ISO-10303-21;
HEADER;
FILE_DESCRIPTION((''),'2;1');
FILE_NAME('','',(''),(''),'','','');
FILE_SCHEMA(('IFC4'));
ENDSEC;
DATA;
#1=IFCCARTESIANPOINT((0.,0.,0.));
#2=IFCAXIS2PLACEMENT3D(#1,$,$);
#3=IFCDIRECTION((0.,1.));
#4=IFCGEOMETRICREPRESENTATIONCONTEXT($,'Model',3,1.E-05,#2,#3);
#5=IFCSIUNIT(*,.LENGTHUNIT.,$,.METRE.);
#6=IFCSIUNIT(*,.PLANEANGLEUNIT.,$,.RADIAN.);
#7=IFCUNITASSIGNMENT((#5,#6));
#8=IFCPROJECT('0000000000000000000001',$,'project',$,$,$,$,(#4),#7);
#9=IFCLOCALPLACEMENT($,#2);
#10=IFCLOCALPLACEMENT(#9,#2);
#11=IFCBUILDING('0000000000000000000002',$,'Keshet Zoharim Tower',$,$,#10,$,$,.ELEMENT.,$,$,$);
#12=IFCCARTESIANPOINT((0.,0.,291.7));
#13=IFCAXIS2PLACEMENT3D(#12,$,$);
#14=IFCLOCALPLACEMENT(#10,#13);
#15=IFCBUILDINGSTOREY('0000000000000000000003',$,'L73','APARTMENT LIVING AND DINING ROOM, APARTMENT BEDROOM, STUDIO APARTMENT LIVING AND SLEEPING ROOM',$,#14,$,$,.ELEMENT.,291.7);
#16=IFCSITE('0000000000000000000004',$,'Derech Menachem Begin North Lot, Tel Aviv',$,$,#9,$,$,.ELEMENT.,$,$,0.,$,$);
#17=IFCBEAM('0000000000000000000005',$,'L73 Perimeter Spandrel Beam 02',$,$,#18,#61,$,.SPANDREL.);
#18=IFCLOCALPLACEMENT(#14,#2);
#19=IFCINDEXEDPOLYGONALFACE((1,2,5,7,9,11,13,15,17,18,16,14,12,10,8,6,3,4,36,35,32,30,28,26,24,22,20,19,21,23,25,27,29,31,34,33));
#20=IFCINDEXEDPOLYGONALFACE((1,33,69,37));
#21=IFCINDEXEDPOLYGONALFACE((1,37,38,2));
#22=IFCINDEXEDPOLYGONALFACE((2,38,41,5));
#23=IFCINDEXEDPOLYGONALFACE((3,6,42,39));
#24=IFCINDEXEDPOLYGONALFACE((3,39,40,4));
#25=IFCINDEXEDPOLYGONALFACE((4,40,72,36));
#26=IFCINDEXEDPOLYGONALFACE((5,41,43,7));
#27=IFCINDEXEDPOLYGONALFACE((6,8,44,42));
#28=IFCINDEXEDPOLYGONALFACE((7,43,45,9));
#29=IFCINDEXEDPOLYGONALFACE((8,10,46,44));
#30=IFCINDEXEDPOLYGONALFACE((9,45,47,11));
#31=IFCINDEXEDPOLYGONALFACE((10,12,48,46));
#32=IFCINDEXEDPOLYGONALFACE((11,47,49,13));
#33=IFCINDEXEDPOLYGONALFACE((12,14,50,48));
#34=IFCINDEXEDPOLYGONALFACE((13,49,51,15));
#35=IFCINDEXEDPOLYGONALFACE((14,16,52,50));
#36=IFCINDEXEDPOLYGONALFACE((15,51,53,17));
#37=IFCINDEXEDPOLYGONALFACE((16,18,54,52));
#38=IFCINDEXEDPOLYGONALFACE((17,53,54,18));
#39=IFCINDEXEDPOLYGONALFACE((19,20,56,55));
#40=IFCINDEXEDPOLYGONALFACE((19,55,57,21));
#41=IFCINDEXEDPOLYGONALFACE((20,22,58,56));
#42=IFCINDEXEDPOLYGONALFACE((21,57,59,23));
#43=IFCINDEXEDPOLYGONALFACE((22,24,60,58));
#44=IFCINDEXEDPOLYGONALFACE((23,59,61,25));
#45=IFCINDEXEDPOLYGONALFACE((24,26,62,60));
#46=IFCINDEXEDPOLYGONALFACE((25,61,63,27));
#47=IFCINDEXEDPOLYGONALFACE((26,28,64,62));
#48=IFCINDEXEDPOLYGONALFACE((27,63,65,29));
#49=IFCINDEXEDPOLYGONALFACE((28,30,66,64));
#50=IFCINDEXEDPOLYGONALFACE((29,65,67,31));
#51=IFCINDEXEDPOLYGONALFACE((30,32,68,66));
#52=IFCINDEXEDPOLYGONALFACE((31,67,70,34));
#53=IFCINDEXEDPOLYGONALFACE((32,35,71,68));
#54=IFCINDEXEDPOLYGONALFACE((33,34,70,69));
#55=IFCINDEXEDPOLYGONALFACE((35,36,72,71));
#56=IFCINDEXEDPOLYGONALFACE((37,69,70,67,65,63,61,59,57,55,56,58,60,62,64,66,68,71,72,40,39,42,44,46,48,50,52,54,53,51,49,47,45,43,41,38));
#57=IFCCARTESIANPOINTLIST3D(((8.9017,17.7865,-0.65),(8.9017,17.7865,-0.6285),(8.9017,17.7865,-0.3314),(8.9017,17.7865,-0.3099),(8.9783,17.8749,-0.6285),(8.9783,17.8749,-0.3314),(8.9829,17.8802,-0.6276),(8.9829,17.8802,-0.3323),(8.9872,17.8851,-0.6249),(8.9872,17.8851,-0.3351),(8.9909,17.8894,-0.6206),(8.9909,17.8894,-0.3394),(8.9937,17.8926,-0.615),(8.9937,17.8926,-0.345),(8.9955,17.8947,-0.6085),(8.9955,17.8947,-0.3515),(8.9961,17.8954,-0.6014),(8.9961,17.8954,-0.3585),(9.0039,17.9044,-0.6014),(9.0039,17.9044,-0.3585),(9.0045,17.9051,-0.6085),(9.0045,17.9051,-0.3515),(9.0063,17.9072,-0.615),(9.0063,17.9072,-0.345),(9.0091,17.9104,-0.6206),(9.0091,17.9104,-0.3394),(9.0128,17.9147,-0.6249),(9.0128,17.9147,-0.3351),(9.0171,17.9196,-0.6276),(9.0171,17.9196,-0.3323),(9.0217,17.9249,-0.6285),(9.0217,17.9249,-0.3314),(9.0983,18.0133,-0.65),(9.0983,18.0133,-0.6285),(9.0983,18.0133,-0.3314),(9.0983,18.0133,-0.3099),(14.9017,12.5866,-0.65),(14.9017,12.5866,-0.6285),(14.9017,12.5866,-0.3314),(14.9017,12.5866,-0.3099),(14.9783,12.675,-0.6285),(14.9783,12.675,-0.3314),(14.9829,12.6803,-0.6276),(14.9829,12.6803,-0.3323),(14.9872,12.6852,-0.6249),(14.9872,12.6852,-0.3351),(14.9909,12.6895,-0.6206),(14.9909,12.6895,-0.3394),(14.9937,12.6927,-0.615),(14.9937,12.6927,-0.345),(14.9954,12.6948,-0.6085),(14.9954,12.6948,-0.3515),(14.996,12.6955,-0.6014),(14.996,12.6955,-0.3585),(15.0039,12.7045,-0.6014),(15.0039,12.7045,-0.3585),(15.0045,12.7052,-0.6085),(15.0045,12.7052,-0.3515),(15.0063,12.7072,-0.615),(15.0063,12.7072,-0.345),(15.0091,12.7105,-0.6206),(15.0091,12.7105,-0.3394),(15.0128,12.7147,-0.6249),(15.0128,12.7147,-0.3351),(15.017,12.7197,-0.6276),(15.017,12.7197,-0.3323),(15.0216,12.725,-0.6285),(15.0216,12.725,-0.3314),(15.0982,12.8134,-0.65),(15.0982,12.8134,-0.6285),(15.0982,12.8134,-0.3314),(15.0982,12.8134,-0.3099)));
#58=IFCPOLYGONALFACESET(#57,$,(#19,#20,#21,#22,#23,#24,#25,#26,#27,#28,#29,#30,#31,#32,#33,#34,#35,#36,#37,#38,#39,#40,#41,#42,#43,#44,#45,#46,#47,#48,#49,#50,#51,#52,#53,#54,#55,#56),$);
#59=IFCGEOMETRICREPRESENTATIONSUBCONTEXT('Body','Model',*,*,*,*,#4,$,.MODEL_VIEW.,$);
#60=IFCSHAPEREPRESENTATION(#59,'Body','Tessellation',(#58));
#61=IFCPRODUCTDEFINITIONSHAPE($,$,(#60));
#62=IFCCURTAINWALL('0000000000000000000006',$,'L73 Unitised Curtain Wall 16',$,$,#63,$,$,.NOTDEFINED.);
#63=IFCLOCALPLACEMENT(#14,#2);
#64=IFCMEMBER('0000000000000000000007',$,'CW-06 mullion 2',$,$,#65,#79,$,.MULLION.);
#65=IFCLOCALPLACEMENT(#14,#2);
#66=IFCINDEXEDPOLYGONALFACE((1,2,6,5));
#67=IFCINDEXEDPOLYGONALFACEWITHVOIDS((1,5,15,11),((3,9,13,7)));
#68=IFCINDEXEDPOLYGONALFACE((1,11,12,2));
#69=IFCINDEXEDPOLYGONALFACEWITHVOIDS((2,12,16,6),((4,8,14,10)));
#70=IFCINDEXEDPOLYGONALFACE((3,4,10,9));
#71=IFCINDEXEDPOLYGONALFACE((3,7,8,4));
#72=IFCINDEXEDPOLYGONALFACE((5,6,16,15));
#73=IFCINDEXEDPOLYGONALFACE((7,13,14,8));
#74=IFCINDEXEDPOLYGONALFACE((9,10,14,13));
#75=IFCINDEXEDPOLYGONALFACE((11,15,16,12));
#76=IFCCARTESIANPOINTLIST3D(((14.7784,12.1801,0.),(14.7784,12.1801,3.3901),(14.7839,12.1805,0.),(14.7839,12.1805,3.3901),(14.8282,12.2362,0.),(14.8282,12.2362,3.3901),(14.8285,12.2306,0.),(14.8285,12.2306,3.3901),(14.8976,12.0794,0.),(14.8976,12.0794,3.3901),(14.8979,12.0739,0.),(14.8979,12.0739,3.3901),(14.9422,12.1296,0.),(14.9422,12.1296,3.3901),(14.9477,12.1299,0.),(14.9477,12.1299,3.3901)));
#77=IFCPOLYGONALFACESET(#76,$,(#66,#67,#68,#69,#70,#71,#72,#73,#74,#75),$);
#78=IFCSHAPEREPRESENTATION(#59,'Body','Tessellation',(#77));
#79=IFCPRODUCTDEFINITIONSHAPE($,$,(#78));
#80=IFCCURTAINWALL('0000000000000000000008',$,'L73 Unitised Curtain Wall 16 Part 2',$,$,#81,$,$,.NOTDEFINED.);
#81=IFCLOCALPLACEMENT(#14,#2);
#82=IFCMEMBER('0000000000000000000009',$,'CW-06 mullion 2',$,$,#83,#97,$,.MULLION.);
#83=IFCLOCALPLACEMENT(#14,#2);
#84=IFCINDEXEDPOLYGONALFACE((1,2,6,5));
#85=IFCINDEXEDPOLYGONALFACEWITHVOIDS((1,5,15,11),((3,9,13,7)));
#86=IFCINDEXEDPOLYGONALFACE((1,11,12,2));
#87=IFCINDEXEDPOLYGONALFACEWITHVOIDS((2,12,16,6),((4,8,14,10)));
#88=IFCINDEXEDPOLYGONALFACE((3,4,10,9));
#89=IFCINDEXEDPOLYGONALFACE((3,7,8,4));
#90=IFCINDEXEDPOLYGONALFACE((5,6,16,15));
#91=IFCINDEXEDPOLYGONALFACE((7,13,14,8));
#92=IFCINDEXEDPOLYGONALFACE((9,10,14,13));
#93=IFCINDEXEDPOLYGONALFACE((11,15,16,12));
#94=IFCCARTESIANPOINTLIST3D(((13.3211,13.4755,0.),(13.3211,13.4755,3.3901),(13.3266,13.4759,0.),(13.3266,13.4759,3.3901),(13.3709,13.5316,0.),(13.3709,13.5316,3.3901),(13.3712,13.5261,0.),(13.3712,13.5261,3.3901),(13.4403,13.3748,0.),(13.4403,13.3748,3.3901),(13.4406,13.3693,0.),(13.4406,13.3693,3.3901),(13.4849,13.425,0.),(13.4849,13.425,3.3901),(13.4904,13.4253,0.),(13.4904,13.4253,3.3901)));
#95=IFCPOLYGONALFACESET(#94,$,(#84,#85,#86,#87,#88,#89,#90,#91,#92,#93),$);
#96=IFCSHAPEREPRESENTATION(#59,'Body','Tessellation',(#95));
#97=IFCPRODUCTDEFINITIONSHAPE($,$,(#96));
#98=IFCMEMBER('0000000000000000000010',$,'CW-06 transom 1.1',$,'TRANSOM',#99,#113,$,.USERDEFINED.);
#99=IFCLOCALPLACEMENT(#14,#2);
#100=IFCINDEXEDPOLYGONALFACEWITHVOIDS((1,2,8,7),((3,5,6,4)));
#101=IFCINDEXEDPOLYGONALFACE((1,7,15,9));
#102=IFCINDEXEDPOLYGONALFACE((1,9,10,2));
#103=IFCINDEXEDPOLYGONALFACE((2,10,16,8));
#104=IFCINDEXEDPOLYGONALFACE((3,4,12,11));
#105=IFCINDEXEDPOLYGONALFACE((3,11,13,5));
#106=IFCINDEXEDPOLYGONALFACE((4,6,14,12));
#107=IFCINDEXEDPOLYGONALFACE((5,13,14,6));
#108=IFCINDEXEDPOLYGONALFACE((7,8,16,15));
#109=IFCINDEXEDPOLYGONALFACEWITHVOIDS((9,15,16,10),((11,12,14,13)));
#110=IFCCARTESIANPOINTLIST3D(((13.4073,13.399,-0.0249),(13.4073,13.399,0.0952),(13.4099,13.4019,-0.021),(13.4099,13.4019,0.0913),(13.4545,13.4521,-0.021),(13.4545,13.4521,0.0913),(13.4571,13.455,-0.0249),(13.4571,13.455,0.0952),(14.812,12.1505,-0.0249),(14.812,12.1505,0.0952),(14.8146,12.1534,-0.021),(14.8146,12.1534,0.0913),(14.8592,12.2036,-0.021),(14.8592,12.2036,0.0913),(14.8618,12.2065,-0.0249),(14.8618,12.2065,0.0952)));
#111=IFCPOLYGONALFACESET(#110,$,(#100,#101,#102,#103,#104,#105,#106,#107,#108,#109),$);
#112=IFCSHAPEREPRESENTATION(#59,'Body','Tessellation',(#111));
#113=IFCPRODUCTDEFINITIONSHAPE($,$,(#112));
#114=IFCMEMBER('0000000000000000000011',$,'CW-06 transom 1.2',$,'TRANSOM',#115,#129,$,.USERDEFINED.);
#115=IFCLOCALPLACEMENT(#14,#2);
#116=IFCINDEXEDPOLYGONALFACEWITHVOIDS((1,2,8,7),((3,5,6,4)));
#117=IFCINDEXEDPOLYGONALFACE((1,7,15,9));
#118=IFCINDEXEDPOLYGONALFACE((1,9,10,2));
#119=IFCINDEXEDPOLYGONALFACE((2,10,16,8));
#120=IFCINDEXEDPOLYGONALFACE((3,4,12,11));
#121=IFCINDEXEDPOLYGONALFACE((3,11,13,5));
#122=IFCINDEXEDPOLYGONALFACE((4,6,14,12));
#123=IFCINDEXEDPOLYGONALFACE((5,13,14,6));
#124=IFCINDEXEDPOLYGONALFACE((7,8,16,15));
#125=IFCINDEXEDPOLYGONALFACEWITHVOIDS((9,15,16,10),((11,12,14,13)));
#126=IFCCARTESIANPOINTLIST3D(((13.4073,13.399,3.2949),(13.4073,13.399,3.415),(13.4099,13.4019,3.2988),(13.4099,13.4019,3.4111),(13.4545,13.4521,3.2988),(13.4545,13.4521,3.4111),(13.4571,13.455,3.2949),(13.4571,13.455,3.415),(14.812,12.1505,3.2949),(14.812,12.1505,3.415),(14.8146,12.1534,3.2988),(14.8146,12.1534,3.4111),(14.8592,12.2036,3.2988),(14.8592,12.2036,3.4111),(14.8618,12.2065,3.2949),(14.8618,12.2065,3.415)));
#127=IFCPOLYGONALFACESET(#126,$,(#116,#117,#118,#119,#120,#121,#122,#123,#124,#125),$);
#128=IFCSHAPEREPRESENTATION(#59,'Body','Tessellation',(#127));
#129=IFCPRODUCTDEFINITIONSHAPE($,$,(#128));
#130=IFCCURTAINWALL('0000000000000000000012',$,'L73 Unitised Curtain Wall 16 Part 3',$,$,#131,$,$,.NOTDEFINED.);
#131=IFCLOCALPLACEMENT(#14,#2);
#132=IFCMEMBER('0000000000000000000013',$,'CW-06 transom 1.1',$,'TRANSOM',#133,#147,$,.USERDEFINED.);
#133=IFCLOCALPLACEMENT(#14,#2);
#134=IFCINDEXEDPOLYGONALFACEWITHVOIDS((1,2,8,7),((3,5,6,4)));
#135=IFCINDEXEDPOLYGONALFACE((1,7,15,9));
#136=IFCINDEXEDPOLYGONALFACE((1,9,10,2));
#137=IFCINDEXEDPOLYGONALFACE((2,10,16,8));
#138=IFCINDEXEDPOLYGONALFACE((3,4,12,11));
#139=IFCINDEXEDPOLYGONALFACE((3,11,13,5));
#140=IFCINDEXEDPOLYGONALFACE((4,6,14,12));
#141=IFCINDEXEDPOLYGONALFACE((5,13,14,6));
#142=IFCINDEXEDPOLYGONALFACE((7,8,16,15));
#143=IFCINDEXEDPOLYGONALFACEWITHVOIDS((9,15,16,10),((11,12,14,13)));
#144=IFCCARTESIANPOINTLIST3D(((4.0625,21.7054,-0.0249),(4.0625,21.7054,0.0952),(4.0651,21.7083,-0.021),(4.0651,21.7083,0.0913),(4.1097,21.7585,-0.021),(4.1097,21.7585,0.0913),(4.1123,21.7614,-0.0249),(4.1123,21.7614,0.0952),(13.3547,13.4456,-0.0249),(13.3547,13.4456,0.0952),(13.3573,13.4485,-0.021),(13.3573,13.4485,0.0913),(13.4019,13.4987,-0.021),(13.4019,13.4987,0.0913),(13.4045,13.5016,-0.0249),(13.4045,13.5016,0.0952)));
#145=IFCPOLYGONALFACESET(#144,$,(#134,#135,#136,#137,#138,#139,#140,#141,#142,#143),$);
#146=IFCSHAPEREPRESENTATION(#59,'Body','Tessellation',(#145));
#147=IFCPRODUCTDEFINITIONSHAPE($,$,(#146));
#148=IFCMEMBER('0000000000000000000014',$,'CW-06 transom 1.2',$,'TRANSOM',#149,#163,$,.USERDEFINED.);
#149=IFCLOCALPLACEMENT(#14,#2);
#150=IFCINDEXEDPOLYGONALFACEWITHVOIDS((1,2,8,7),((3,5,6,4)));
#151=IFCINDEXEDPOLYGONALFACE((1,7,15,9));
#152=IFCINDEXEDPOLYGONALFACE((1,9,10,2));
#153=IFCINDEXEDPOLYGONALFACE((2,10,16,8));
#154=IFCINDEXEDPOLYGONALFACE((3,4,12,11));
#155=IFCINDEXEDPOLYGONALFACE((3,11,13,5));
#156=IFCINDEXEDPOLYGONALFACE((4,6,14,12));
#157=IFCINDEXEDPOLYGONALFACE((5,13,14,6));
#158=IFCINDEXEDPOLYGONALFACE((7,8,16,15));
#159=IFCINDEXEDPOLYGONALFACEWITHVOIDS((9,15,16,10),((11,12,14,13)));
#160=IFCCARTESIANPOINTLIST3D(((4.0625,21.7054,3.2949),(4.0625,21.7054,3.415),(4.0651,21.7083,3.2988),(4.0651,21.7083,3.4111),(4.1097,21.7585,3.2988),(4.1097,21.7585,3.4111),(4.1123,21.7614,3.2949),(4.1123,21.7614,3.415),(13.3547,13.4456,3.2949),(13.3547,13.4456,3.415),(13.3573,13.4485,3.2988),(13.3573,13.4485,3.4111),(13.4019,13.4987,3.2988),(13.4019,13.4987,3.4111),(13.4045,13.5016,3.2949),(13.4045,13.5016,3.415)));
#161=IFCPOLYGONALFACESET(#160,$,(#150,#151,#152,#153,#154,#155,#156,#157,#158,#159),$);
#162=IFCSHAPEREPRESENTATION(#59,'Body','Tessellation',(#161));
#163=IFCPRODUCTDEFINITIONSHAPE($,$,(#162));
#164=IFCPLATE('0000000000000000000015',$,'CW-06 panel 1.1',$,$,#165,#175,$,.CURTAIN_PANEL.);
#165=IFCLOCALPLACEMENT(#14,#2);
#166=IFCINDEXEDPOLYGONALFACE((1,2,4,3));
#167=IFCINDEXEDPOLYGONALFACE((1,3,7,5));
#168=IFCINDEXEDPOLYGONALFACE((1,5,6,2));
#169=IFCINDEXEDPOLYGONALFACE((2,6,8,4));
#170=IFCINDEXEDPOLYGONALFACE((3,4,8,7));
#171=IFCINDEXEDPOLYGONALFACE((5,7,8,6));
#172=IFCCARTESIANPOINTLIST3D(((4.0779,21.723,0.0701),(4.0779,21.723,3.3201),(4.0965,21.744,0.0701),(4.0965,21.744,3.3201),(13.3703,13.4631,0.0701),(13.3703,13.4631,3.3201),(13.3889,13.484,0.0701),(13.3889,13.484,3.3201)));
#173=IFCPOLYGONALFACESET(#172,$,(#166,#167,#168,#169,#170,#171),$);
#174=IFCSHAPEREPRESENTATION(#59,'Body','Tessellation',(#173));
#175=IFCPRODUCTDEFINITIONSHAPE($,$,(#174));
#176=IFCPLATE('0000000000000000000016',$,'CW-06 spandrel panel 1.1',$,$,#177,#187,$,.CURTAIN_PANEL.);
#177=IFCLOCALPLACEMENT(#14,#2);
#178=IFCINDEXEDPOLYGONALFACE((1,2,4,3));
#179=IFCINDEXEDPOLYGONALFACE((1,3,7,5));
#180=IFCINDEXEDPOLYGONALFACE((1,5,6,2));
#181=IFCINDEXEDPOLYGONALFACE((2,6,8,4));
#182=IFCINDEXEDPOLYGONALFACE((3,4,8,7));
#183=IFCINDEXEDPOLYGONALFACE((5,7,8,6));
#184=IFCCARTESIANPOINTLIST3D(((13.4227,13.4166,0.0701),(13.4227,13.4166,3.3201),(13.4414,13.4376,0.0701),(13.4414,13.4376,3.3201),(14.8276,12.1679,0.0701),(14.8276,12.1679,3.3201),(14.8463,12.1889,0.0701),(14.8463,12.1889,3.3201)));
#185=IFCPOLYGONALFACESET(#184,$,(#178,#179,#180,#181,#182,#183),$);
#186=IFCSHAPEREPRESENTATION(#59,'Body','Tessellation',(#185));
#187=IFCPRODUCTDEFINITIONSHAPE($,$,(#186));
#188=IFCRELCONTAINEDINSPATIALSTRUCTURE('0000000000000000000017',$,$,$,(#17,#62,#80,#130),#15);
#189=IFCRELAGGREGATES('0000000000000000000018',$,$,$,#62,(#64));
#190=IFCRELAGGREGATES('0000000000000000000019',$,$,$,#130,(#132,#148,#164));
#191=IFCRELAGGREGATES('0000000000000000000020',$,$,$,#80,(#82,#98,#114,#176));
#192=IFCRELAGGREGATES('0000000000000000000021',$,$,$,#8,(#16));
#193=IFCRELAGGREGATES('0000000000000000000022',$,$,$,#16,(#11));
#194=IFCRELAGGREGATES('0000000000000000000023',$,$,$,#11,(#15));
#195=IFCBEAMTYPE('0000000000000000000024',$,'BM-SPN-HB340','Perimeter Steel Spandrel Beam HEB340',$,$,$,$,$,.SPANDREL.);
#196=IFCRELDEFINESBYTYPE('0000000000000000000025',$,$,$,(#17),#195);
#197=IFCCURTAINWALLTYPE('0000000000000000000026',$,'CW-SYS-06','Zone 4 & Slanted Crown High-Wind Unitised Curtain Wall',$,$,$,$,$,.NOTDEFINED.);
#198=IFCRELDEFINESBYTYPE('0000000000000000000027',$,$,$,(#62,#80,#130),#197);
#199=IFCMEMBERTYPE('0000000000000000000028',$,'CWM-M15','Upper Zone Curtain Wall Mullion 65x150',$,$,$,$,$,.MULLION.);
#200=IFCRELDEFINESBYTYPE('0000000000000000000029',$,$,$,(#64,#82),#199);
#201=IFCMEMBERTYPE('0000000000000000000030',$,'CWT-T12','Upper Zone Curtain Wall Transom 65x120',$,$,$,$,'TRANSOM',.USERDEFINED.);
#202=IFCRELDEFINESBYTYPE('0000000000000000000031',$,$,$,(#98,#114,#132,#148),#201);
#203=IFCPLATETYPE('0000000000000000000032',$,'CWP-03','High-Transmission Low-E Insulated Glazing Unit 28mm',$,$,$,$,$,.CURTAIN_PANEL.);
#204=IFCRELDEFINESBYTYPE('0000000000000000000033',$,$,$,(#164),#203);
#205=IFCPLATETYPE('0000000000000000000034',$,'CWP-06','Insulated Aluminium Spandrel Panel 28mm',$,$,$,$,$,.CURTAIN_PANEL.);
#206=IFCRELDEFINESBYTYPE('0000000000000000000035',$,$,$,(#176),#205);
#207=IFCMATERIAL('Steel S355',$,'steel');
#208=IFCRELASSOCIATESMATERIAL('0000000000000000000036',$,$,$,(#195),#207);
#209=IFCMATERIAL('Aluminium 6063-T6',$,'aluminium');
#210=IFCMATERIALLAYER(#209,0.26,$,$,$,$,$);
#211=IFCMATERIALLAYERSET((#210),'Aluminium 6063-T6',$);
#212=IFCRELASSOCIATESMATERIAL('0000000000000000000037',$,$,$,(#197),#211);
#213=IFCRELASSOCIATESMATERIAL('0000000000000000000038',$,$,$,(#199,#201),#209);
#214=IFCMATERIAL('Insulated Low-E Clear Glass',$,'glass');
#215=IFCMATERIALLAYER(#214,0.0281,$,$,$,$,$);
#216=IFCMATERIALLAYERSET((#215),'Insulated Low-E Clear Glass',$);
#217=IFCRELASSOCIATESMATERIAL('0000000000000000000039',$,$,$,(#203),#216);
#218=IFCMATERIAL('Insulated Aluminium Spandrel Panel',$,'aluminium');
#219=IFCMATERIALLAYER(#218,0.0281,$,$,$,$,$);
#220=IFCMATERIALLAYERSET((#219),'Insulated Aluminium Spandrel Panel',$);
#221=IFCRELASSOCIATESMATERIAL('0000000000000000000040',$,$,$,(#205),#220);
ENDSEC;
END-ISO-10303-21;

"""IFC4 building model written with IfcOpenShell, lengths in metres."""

from ifc_helpers import new_model, si_unit, direction, frame, origin, origin_2d, place, context, subcontext, project, spatial, rectangle, hollow_rectangle, i_section, extrude, material, layer, layer_set, material_profile, profile_set, type_object, element, aggregate, save


model = new_model("IFC4")

# Units and contexts
model_context = context("Model", 3, precision=1e-05, world=origin(), true_north=direction((0.0, 1.0)))
body_context = subcontext(model_context, "Body", "Model", "MODEL_VIEW")
ifc_project = project(units=[si_unit("LENGTHUNIT", "METRE"), si_unit("PLANEANGLEUNIT", "RADIAN")], contexts=[model_context])

# Site, building, storey
site_placement = place(None, origin())
site = spatial("IfcSite", under=ifc_project, at=site_placement, Name="Derech Menachem Begin North Lot, Tel Aviv", CompositionType="ELEMENT", RefElevation=0.0)
building_placement = place(site_placement, origin())
building = spatial("IfcBuilding", under=site, at=building_placement, Name="Keshet Zoharim Tower", CompositionType="ELEMENT")
storey_placement = place(building_placement, frame((0.0, 0.0, 291.7)))
storey = spatial("IfcBuildingStorey", under=building, at=storey_placement, Name="L73", Description="APARTMENT LIVING AND DINING ROOM, APARTMENT BEDROOM, STUDIO APARTMENT LIVING AND SLEEPING ROOM", CompositionType="ELEMENT", Elevation=291.7)

# Shared definitions
ifc_material_1 = material(Name="Steel S355", Category="steel")

# Beam
ifc_material_profile_1 = material_profile(ifc_material_1, i_section(OverallWidth=0.3, OverallDepth=0.3401, WebThickness=0.012, FlangeThickness=0.0215, FilletRadius=0.0271, at=origin_2d()), Name="HEB340")
ifc_profile_set_1 = profile_set([ifc_material_profile_1], Name="Steel S355")
beam_type_1 = type_object("IfcBeamType", Name="BM-SPN-HB340", Description="Perimeter Steel Spandrel Beam HEB340", PredefinedType="SPANDREL", material=ifc_profile_set_1)
beam_1_placement = place(storey_placement, frame((9.0, 17.8999, -0.48), z_axis=(0.755692, -0.654927, 0.0), x_axis=(0.654927, 0.755692, 0.0)))
element("IfcBeam", 1, at=beam_1_placement, inside=storey, type_object=beam_type_1, Name="L73 Perimeter Spandrel Beam 02", PredefinedType="SPANDREL", context=body_context, shape_type="SweptSolid", body=[
    extrude(i_section(OverallWidth=0.3, OverallDepth=0.3401, WebThickness=0.012, FlangeThickness=0.0215, FilletRadius=0.0271, at=origin_2d()), origin(), (0.0, 0.0, 1.0), 7.9397),
])

# Curtain wall, member
ifc_material_2 = material(Name="Aluminium 6063-T6", Category="aluminium")
ifc_layer_1 = layer(ifc_material_2, 0.26)
ifc_layer_set_1 = layer_set([ifc_layer_1], Name="Aluminium 6063-T6")
curtain_wall_type = type_object("IfcCurtainWallType", Name="CW-SYS-06", Description="Zone 4 & Slanted Crown High-Wind Unitised Curtain Wall", PredefinedType="NOTDEFINED", material=ifc_layer_set_1)
curtain_wall_1_placement = place(storey_placement, origin())
curtain_wall_1 = element("IfcCurtainWall", 2, at=curtain_wall_1_placement, inside=storey, type_object=curtain_wall_type, Name="L73 Unitised Curtain Wall 16", PredefinedType="NOTDEFINED")
ifc_material_profile_2 = material_profile(ifc_material_2, hollow_rectangle(XDim=0.075, YDim=0.1599, WallThickness=0.0039, at=origin_2d()), Name="MUL-75x160")
ifc_profile_set_2 = profile_set([ifc_material_profile_2], Name="Aluminium 6063-T6")
member_type_1 = type_object("IfcMemberType", Name="CWM-M15", Description="Upper Zone Curtain Wall Mullion 65x150", PredefinedType="MULLION", material=ifc_profile_set_2)
member_1_placement = place(storey_placement, frame((14.863, 12.155, 0.0), z_axis=(0.0, 0.0, 1.0), x_axis=(-0.664362, -0.747411, 0.0)))
member_1 = element("IfcMember", 3, at=member_1_placement, type_object=member_type_1, Name="CW-06 mullion 2", PredefinedType="MULLION", context=body_context, shape_type="SweptSolid", body=[
    extrude(hollow_rectangle(XDim=0.075, YDim=0.1599, WallThickness=0.0039, at=origin_2d()), origin(), (0.0, 0.0, 1.0), 3.3901),
])
aggregate(curtain_wall_1, [member_1])

# Curtain wall, members
curtain_wall_2_placement = place(storey_placement, origin())
curtain_wall_2 = element("IfcCurtainWall", 4, at=curtain_wall_2_placement, inside=storey, type_object=curtain_wall_type, Name="L73 Unitised Curtain Wall 16 Part 2", PredefinedType="NOTDEFINED")
member_2_placement = place(storey_placement, frame((13.4058, 13.4504, 0.0), z_axis=(0.0, 0.0, 1.0), x_axis=(-0.664338, -0.747432, 0.0)))
member_2 = element("IfcMember", 5, at=member_2_placement, type_object=member_type_1, Name="CW-06 mullion 2", PredefinedType="MULLION", context=body_context, shape_type="SweptSolid", body=[
    extrude(hollow_rectangle(XDim=0.075, YDim=0.1599, WallThickness=0.0039, at=origin_2d()), origin(), (0.0, 0.0, 1.0), 3.3901),
])
ifc_material_profile_3 = material_profile(ifc_material_2, hollow_rectangle(XDim=0.075, YDim=0.1201, WallThickness=0.0039, at=origin_2d()), Name="TRN-75x120")
ifc_profile_set_3 = profile_set([ifc_material_profile_3], Name="Aluminium 6063-T6")
member_type_2 = type_object("IfcMemberType", Name="CWT-T12", Description="Upper Zone Curtain Wall Transom 65x120", ElementType="TRANSOM", PredefinedType="USERDEFINED", material=ifc_profile_set_3)
member_3_placement = place(storey_placement, frame((14.8369, 12.1785, 0.0352), z_axis=(-0.747452, 0.664315, 0.0), x_axis=(-0.664315, -0.747452, 0.0)))
member_3 = element("IfcMember", 6, at=member_3_placement, type_object=member_type_2, Name="CW-06 transom 1.1", ObjectType="TRANSOM", PredefinedType="USERDEFINED", context=body_context, shape_type="SweptSolid", body=[
    extrude(hollow_rectangle(XDim=0.075, YDim=0.1201, WallThickness=0.0039, at=origin_2d()), origin(), (0.0, 0.0, 1.0), 1.8794),
])
member_4_placement = place(storey_placement, frame((14.8369, 12.1785, 3.355), z_axis=(-0.747452, 0.664315, 0.0), x_axis=(-0.664315, -0.747452, 0.0)))
member_4 = element("IfcMember", 7, at=member_4_placement, type_object=member_type_2, Name="CW-06 transom 1.2", ObjectType="TRANSOM", PredefinedType="USERDEFINED", context=body_context, shape_type="SweptSolid", body=[
    extrude(hollow_rectangle(XDim=0.075, YDim=0.1201, WallThickness=0.0039, at=origin_2d()), origin(), (0.0, 0.0, 1.0), 1.8794),
])

# Curtain wall, members, plate
curtain_wall_3_placement = place(storey_placement, origin())
curtain_wall_3 = element("IfcCurtainWall", 8, at=curtain_wall_3_placement, inside=storey, type_object=curtain_wall_type, Name="L73 Unitised Curtain Wall 16 Part 3", PredefinedType="NOTDEFINED")
member_5_placement = place(storey_placement, frame((13.3796, 13.4736, 0.0352), z_axis=(-0.747409, 0.664364, 0.0), x_axis=(-0.664364, -0.747409, 0.0)))
member_5 = element("IfcMember", 9, at=member_5_placement, type_object=member_type_2, Name="CW-06 transom 1.1", ObjectType="TRANSOM", PredefinedType="USERDEFINED", context=body_context, shape_type="SweptSolid", body=[
    extrude(hollow_rectangle(XDim=0.075, YDim=0.1201, WallThickness=0.0039, at=origin_2d()), origin(), (0.0, 0.0, 1.0), 12.4326),
])
member_6_placement = place(storey_placement, frame((13.3796, 13.4736, 3.355), z_axis=(-0.747409, 0.664364, 0.0), x_axis=(-0.664364, -0.747409, 0.0)))
member_6 = element("IfcMember", 10, at=member_6_placement, type_object=member_type_2, Name="CW-06 transom 1.2", ObjectType="TRANSOM", PredefinedType="USERDEFINED", context=body_context, shape_type="SweptSolid", body=[
    extrude(hollow_rectangle(XDim=0.075, YDim=0.1201, WallThickness=0.0039, at=origin_2d()), origin(), (0.0, 0.0, 1.0), 12.4326),
])
ifc_material_3 = material(Name="Insulated Low-E Clear Glass", Category="glass")
ifc_layer_2 = layer(ifc_material_3, 0.0281)
ifc_layer_set_2 = layer_set([ifc_layer_2], Name="Insulated Low-E Clear Glass")
plate_type_1 = type_object("IfcPlateType", Name="CWP-03", Description="High-Transmission Low-E Insulated Glazing Unit 28mm", PredefinedType="CURTAIN_PANEL", material=ifc_layer_set_2)
plate_1_placement = place(storey_placement, frame((8.7334, 17.6035, 0.0701), z_axis=(0.0, 0.0, 1.0), x_axis=(-0.747409, 0.664364, 0.0)))
plate_1 = element("IfcPlate", 11, at=plate_1_placement, type_object=plate_type_1, Name="CW-06 panel 1.1", PredefinedType="CURTAIN_PANEL", context=body_context, shape_type="SweptSolid", body=[
    extrude(rectangle(XDim=12.4329, YDim=0.0281, at=origin_2d()), origin(), (0.0, 0.0, 1.0), 3.25),
])
aggregate(curtain_wall_3, [member_5, member_6, plate_1])

# Plate
ifc_material_4 = material(Name="Insulated Aluminium Spandrel Panel", Category="aluminium")
ifc_layer_3 = layer(ifc_material_4, 0.0281)
ifc_layer_set_3 = layer_set([ifc_layer_3], Name="Insulated Aluminium Spandrel Panel")
plate_type_2 = type_object("IfcPlateType", Name="CWP-06", Description="Insulated Aluminium Spandrel Panel 28mm", PredefinedType="CURTAIN_PANEL", material=ifc_layer_set_3)
plate_2_placement = place(storey_placement, frame((14.1345, 12.8027, 0.0701), z_axis=(0.0, 0.0, 1.0), x_axis=(-0.747432, 0.664338, 0.0)))
plate_2 = element("IfcPlate", 12, at=plate_2_placement, type_object=plate_type_2, Name="CW-06 spandrel panel 1.1", PredefinedType="CURTAIN_PANEL", context=body_context, shape_type="SweptSolid", body=[
    extrude(rectangle(XDim=1.8796, YDim=0.0281, at=origin_2d()), origin(), (0.0, 0.0, 1.0), 3.25),
])
aggregate(curtain_wall_2, [member_2, member_3, member_4, plate_2])

save(model, "model.ifc")
